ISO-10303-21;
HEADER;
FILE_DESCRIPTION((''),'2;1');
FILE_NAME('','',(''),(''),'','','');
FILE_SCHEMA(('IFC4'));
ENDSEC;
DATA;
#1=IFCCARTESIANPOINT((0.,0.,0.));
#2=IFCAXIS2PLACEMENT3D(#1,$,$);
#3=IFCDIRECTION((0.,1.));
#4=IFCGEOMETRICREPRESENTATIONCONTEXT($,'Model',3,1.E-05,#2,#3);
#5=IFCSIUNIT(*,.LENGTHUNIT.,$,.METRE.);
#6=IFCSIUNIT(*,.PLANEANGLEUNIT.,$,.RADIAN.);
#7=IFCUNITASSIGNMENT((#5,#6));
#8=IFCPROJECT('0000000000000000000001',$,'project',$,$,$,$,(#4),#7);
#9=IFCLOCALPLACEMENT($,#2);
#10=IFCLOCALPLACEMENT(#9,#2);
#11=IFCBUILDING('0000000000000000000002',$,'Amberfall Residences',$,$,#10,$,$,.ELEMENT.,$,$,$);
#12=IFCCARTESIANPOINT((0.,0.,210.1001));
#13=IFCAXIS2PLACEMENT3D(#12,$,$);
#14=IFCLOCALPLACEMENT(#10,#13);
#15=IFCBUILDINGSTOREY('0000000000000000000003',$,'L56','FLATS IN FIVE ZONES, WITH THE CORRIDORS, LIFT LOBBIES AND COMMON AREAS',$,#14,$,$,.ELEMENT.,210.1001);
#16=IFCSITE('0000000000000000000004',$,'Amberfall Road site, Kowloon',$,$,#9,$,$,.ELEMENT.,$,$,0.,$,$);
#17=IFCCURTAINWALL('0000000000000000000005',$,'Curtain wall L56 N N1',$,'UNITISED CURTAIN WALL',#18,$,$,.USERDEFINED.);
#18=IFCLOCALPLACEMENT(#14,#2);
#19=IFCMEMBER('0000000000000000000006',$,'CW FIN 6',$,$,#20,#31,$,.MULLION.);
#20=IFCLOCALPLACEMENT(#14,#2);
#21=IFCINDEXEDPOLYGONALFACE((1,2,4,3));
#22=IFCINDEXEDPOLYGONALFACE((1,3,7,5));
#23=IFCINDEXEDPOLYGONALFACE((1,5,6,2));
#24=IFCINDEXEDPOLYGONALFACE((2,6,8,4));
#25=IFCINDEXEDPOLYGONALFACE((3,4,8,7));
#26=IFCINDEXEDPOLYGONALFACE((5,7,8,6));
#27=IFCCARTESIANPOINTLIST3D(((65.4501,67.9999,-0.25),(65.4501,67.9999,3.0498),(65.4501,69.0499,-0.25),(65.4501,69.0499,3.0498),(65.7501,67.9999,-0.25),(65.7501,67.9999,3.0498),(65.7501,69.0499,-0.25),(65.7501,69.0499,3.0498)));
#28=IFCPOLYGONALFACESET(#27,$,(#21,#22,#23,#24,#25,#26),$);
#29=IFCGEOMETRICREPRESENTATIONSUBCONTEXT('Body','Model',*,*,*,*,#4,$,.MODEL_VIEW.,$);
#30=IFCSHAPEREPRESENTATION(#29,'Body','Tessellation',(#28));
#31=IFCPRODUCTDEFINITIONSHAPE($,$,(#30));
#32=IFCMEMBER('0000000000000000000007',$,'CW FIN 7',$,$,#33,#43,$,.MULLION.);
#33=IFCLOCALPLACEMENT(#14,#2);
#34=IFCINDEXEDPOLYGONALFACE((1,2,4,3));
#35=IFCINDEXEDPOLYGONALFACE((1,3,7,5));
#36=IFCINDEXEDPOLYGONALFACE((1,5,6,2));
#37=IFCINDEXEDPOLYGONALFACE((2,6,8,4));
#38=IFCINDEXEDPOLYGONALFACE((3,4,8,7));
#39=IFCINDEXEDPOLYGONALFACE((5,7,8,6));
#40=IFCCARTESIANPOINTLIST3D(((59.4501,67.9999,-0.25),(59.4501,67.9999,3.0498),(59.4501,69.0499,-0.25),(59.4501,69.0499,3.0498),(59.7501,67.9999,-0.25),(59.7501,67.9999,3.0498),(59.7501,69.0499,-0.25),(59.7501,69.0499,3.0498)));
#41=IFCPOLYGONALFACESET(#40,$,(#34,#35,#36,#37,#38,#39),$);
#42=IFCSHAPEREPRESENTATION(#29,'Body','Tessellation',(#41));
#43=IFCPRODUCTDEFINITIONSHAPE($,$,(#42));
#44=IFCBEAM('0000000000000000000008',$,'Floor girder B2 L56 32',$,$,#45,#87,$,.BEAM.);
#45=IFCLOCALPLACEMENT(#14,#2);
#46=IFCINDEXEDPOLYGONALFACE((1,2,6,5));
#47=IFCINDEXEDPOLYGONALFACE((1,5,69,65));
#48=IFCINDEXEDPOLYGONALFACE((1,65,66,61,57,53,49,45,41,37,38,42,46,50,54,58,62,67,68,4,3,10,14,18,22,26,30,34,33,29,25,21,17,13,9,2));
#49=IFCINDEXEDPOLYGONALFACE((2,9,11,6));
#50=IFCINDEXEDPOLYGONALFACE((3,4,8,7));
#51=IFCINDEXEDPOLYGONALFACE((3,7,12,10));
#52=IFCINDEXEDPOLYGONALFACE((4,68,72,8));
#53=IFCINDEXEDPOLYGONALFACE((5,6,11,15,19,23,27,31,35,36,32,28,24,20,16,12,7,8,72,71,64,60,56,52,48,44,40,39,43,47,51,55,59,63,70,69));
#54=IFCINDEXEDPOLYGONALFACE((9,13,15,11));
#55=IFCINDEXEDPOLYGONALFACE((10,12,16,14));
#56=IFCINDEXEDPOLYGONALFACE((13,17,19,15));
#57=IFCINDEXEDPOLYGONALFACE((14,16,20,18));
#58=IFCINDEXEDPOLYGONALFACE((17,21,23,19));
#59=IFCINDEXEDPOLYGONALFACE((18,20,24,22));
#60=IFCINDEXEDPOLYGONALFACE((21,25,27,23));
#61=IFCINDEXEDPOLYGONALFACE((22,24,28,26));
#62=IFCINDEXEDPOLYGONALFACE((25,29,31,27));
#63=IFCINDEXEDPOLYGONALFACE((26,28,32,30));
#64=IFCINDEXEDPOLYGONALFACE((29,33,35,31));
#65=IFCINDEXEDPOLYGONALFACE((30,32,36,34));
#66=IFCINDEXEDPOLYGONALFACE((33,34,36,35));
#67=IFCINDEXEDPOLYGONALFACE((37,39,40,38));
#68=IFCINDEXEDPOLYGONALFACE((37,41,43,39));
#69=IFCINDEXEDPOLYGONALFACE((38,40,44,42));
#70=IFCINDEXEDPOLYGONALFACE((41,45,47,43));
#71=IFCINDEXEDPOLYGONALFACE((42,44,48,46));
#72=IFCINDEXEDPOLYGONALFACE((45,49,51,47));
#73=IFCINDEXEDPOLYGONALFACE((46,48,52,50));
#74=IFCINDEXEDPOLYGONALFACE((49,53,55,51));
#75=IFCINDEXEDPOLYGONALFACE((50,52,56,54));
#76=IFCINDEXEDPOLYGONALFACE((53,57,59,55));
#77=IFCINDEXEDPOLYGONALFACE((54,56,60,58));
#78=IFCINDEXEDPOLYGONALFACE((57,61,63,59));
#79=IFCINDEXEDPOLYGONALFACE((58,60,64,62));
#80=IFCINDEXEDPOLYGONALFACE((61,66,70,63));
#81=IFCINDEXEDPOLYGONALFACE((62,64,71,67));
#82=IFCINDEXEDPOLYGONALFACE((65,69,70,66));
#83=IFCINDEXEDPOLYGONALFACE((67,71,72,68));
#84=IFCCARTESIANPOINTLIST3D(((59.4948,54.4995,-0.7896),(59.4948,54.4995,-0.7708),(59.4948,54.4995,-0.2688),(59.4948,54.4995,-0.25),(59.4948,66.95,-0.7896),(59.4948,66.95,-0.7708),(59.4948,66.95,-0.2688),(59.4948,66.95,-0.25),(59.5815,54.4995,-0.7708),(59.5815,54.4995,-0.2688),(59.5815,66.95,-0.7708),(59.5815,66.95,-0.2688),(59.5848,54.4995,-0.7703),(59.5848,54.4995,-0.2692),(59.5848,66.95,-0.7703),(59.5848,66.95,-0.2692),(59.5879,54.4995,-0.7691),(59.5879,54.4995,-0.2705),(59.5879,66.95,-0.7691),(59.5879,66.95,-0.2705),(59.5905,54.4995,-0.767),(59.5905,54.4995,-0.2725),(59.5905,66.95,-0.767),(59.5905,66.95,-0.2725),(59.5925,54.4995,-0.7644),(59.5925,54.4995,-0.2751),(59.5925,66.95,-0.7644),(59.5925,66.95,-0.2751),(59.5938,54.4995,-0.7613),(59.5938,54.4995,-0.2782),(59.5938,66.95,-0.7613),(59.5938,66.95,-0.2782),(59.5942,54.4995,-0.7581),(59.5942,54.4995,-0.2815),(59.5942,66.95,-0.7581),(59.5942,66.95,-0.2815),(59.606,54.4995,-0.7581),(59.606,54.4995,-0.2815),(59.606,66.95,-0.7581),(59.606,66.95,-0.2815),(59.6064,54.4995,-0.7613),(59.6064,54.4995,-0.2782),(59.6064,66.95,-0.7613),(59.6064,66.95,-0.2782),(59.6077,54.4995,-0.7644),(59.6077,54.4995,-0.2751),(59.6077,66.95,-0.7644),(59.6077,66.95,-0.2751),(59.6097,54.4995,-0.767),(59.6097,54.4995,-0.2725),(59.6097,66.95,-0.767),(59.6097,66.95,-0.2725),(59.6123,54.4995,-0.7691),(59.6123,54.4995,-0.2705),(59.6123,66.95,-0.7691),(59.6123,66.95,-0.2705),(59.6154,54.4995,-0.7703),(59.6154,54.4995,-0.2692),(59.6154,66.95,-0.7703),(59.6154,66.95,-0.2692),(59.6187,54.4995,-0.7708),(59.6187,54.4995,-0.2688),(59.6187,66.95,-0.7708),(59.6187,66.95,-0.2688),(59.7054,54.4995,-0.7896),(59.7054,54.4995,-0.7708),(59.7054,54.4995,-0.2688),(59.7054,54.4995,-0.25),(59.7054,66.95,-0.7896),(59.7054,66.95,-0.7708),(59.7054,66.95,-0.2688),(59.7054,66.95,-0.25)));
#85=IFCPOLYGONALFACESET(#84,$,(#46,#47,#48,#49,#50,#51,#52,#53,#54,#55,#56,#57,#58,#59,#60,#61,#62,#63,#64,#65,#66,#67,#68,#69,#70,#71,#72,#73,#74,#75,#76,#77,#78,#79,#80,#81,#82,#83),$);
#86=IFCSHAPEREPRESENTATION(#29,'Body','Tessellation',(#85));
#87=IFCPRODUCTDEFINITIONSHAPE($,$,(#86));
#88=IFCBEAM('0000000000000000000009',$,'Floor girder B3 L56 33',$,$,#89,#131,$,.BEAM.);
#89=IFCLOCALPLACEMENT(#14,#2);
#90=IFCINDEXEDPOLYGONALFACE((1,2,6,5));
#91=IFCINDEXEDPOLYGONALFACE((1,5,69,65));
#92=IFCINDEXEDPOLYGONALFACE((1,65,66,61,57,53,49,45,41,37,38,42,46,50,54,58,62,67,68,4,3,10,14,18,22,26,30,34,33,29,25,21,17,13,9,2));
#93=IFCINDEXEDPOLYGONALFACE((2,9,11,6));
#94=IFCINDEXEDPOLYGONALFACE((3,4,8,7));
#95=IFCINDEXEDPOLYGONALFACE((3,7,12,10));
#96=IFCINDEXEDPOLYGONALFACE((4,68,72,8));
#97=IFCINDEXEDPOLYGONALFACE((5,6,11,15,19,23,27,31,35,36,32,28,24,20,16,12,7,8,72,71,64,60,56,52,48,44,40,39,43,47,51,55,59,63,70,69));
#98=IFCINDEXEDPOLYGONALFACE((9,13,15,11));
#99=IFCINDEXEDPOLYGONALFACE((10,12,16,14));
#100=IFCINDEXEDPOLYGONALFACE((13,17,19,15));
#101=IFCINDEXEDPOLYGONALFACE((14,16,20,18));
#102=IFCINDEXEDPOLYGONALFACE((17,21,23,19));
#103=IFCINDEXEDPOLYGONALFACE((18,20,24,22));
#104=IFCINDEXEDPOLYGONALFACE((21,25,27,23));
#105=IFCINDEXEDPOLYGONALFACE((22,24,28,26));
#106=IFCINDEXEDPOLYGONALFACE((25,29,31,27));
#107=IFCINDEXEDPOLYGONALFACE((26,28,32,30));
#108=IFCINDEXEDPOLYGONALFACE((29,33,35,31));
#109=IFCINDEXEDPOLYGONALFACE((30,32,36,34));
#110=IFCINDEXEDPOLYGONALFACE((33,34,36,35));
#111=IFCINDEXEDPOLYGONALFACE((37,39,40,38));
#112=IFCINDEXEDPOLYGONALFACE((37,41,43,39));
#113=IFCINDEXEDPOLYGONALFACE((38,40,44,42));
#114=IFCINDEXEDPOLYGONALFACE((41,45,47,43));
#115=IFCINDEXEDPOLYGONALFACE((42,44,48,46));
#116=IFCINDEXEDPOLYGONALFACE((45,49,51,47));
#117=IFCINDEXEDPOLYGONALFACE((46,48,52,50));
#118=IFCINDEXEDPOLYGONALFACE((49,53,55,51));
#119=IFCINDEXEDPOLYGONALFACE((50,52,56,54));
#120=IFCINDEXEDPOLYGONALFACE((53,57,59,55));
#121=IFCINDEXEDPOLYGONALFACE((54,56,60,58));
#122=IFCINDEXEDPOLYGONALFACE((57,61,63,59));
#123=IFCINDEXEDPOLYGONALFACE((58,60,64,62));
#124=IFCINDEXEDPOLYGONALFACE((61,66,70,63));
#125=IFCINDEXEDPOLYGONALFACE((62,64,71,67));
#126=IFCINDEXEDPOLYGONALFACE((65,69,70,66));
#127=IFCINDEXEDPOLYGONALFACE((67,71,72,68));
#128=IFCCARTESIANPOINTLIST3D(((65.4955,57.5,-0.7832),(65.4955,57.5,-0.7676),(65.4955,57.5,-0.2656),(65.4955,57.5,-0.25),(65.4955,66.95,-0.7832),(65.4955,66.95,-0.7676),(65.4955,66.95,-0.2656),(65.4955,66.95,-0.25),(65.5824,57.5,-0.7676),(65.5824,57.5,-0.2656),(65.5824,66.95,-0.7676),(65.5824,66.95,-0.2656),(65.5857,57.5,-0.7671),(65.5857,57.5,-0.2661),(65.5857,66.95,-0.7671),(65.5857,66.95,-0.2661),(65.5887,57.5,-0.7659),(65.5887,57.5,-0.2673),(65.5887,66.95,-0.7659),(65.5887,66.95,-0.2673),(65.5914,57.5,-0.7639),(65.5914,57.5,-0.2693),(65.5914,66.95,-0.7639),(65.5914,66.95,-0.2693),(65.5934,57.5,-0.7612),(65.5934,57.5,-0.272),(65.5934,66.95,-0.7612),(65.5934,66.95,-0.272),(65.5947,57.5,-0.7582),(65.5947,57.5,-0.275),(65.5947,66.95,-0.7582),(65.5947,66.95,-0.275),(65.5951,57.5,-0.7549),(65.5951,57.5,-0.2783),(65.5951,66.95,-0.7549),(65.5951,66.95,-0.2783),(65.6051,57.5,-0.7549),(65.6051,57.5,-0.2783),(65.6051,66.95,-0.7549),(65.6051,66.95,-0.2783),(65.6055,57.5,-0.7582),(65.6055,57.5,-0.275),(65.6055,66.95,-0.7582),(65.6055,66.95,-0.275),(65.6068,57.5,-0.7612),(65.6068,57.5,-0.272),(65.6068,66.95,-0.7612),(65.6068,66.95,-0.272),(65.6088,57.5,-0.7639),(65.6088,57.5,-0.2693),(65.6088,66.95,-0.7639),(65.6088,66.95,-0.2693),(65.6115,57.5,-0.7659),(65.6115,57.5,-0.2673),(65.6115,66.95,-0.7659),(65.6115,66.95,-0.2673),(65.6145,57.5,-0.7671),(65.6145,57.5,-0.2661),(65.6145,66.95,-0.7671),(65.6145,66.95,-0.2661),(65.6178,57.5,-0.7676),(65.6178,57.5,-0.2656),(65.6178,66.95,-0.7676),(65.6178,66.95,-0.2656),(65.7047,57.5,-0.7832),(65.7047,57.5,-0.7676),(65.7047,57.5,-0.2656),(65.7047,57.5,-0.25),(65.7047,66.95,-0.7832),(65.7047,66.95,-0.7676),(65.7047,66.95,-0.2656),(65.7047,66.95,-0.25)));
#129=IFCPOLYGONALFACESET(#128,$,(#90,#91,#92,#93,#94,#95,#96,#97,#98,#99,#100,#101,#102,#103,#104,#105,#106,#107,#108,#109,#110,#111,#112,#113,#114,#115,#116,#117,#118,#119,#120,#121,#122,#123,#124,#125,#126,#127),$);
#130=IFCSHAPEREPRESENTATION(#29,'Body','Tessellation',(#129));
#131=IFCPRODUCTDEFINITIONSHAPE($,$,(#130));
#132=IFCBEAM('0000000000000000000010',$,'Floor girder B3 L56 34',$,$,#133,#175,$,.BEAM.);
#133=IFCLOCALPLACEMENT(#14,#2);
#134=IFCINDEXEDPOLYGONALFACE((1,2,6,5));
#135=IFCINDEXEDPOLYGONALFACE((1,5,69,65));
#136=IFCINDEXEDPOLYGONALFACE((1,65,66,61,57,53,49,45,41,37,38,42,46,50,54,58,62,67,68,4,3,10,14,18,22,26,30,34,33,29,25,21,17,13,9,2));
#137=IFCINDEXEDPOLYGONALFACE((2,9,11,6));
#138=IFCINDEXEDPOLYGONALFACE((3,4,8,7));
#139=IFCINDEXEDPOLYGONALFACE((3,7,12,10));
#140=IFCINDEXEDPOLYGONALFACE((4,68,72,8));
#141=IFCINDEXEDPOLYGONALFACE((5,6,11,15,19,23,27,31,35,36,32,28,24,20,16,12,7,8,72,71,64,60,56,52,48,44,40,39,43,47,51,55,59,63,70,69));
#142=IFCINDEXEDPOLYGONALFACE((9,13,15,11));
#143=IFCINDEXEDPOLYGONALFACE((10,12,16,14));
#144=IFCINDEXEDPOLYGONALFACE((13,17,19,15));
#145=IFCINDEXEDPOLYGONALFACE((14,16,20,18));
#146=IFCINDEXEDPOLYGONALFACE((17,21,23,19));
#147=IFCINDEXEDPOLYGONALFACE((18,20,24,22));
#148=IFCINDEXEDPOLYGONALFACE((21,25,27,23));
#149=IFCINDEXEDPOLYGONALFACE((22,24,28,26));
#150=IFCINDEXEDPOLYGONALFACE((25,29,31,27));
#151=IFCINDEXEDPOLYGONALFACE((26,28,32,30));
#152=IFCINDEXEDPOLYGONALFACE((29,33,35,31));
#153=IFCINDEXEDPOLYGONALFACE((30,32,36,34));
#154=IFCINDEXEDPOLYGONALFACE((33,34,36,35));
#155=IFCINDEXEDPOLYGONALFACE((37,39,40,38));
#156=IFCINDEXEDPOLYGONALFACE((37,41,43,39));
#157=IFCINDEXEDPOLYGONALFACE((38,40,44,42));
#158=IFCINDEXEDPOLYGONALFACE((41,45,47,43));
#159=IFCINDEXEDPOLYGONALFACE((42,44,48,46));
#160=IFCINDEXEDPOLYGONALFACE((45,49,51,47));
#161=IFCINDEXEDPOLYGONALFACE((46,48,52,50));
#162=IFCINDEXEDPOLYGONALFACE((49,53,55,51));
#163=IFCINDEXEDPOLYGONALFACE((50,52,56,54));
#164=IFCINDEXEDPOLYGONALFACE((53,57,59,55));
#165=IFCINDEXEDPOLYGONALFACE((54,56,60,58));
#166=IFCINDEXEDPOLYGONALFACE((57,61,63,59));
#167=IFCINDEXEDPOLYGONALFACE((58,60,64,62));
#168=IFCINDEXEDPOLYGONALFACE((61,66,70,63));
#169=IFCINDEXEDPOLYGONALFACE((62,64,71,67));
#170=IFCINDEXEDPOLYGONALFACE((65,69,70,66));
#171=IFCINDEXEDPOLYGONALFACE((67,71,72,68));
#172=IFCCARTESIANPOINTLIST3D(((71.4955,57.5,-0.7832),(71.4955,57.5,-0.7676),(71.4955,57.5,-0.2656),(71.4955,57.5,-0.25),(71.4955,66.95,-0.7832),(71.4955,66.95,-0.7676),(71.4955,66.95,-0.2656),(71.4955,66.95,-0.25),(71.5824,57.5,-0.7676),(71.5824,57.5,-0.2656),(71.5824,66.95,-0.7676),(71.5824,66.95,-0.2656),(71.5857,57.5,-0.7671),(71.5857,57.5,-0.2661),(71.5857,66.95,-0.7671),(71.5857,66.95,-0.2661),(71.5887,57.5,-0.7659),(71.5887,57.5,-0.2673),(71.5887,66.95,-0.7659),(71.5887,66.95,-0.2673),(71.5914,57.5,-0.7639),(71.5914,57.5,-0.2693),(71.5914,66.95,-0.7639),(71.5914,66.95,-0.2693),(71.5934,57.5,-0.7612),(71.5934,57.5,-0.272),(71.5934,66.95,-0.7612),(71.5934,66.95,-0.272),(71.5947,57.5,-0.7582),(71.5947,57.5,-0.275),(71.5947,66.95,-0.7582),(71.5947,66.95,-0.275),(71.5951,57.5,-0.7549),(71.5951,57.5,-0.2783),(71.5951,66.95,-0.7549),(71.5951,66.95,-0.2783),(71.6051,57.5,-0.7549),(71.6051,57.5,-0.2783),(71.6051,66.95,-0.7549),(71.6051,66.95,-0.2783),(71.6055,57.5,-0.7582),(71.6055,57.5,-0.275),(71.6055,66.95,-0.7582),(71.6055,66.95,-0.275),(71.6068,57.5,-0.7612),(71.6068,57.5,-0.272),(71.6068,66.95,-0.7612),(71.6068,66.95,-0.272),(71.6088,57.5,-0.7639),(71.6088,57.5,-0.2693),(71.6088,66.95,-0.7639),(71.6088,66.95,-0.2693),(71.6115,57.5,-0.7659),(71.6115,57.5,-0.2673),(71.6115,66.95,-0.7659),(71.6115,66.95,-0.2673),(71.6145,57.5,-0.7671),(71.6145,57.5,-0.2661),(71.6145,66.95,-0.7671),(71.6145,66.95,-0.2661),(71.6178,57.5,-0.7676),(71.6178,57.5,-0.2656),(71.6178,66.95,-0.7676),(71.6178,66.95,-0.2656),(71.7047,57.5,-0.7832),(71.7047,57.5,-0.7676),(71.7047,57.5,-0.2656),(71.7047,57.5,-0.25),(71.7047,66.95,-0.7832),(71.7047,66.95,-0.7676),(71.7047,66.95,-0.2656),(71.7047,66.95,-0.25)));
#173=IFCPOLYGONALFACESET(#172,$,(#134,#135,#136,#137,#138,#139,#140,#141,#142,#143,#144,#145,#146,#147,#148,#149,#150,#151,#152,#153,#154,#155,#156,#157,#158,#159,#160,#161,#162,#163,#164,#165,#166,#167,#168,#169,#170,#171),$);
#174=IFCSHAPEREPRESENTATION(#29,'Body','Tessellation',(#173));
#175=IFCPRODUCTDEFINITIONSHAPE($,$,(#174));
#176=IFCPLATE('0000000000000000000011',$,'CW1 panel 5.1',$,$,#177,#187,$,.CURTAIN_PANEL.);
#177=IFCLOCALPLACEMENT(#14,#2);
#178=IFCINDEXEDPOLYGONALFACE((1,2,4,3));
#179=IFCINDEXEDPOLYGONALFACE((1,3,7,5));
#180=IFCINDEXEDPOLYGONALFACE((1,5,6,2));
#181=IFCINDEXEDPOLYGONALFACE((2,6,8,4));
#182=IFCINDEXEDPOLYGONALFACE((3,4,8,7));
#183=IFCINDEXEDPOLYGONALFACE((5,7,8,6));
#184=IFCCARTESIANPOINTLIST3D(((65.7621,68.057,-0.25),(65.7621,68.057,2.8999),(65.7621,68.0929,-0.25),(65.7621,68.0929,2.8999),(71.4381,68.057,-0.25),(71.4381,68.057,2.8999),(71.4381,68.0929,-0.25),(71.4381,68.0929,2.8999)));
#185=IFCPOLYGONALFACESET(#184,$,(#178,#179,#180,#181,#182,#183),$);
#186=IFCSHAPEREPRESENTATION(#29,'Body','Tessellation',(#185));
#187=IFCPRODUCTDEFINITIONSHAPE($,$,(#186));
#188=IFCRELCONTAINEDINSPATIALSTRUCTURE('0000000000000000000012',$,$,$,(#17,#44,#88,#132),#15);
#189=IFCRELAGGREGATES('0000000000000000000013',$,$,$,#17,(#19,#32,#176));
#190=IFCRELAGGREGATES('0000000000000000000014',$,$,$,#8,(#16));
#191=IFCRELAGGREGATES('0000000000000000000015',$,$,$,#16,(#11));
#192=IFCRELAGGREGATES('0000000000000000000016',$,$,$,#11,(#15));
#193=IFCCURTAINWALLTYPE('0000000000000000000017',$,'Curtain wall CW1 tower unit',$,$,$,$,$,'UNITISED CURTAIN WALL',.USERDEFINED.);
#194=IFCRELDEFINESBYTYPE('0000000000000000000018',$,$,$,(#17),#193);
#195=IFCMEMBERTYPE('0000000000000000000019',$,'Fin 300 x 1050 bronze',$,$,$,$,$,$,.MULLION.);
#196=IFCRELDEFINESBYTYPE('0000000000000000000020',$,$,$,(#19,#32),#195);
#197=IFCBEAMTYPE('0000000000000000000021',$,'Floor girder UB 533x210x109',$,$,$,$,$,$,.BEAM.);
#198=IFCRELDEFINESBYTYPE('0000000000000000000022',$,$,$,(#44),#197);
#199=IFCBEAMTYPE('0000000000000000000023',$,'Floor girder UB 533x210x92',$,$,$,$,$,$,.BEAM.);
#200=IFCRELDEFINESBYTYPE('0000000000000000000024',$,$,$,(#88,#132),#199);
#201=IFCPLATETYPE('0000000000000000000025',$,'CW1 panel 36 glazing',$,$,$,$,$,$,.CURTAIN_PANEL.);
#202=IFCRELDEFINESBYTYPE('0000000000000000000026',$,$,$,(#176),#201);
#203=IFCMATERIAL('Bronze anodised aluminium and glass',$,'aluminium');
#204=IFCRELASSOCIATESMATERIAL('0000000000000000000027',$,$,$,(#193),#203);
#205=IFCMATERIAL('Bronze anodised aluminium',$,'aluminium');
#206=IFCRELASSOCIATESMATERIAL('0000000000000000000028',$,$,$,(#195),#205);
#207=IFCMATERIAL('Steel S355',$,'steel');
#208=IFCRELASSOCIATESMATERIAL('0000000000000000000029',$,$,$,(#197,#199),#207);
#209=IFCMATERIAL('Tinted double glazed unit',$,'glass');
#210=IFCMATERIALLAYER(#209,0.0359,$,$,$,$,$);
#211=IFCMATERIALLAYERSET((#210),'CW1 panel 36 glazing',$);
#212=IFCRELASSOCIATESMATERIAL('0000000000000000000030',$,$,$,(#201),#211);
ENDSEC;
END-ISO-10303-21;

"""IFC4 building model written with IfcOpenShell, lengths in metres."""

from ifc_helpers import new_model, si_unit, direction, frame, origin, origin_2d, place, context, subcontext, project, spatial, rectangle, i_section, extrude, material, layer, layer_set, material_profile, profile_set, type_object, element, aggregate, save


model = new_model("IFC4")

# Units and contexts
model_context = context("Model", 3, precision=1e-05, world=origin(), true_north=direction((0.0, 1.0)))
body_context = subcontext(model_context, "Body", "Model", "MODEL_VIEW")
ifc_project = project(units=[si_unit("LENGTHUNIT", "METRE"), si_unit("PLANEANGLEUNIT", "RADIAN")], contexts=[model_context])

# Site, building, storey
site_placement = place(None, origin())
site = spatial("IfcSite", under=ifc_project, at=site_placement, Name="Amberfall Road site, Kowloon", CompositionType="ELEMENT", RefElevation=0.0)
building_placement = place(site_placement, origin())
building = spatial("IfcBuilding", under=site, at=building_placement, Name="Amberfall Residences", CompositionType="ELEMENT")
storey_placement = place(building_placement, frame((0.0, 0.0, 210.1001)))
storey = spatial("IfcBuildingStorey", under=building, at=storey_placement, Name="L56", Description="FLATS IN FIVE ZONES, WITH THE CORRIDORS, LIFT LOBBIES AND COMMON AREAS", CompositionType="ELEMENT", Elevation=210.1001)

# Curtain wall
ifc_material_1 = material(Name="Bronze anodised aluminium and glass", Category="aluminium")
curtain_wall_type = type_object("IfcCurtainWallType", Name="Curtain wall CW1 tower unit", ElementType="UNITISED CURTAIN WALL", PredefinedType="USERDEFINED", material=ifc_material_1)
curtain_wall_placement = place(storey_placement, origin())
curtain_wall = element("IfcCurtainWall", 1, at=curtain_wall_placement, inside=storey, type_object=curtain_wall_type, Name="Curtain wall L56 N N1", ObjectType="UNITISED CURTAIN WALL", PredefinedType="USERDEFINED")
ifc_material_2 = material(Name="Bronze anodised aluminium", Category="aluminium")

# Shared definitions
ifc_material_3 = material(Name="Steel S355", Category="steel")

# Members
ifc_material_profile_1 = material_profile(ifc_material_2, rectangle(XDim=1.05, YDim=0.3, at=origin_2d()), Name="Fin 300 x 1050 bronze")
ifc_profile_set_1 = profile_set([ifc_material_profile_1], Name="Bronze anodised aluminium")
member_type_1 = type_object("IfcMemberType", Name="Fin 300 x 1050 bronze", PredefinedType="MULLION", material=ifc_profile_set_1)
member_1_placement = place(storey_placement, frame((65.6001, 68.5249, -0.25), z_axis=(0.0, 0.0, 1.0), x_axis=(0.0, -1.0, 0.0)))
member_1 = element("IfcMember", 2, at=member_1_placement, type_object=member_type_1, Name="CW FIN 6", PredefinedType="MULLION", context=body_context, shape_type="SweptSolid", body=[
    extrude(rectangle(XDim=1.05, YDim=0.3, at=origin_2d()), origin(), (0.0, 0.0, 1.0), 3.2998),
])
member_2_placement = place(storey_placement, frame((59.6001, 68.5249, -0.25), z_axis=(0.0, 0.0, 1.0), x_axis=(0.0, -1.0, 0.0)))
member_2 = element("IfcMember", 3, at=member_2_placement, type_object=member_type_1, Name="CW FIN 7", PredefinedType="MULLION", context=body_context, shape_type="SweptSolid", body=[
    extrude(rectangle(XDim=1.05, YDim=0.3, at=origin_2d()), origin(), (0.0, 0.0, 1.0), 3.2998),
])

# Beams
ifc_material_profile_2 = material_profile(ifc_material_3, i_section(OverallWidth=0.2107, OverallDepth=0.5396, WebThickness=0.0117, FlangeThickness=0.0188, FilletRadius=0.0127, at=origin_2d()), Name="UB 533x210x109")
ifc_profile_set_2 = profile_set([ifc_material_profile_2], Name="Steel S355")
beam_type_1 = type_object("IfcBeamType", Name="Floor girder UB 533x210x109", PredefinedType="BEAM", material=ifc_profile_set_2)
beam_placement = place(storey_placement, frame((59.6001, 66.95, -0.5198), z_axis=(0.0, -1.0, 0.0), x_axis=(1.0, 0.0, 0.0)))
element("IfcBeam", 4, at=beam_placement, inside=storey, type_object=beam_type_1, Name="Floor girder B2 L56 32", PredefinedType="BEAM", context=body_context, shape_type="SweptSolid", body=[
    extrude(i_section(OverallWidth=0.2107, OverallDepth=0.5396, WebThickness=0.0117, FlangeThickness=0.0188, FilletRadius=0.0127, at=origin_2d()), origin(), (0.0, 0.0, 1.0), 12.4504),
])
ifc_material_profile_3 = material_profile(ifc_material_3, i_section(OverallWidth=0.2092, OverallDepth=0.5332, WebThickness=0.01, FlangeThickness=0.0156, FilletRadius=0.0127, at=origin_2d()), Name="UB 533x210x92")
ifc_profile_set_3 = profile_set([ifc_material_profile_3], Name="Steel S355")
beam_type_2 = type_object("IfcBeamType", Name="Floor girder UB 533x210x92", PredefinedType="BEAM", material=ifc_profile_set_3)
for number, where, z_axis, x_axis, name in (
    (5, (65.6001, 66.95, -0.5166), (0.0, -1.0, 0.0), (1.0, 0.0, 0.0), "Floor girder B3 L56 33"),
    (6, (71.6001, 66.95, -0.5166), (0.0, -1.0, 0.0), (1.0, 0.0, 0.0), "Floor girder B3 L56 34"),
):
    element("IfcBeam", number, at=place(storey_placement, frame(where, z_axis=z_axis, x_axis=x_axis)), inside=storey, type_object=beam_type_2, Name=name, PredefinedType="BEAM", context=body_context, shape_type="SweptSolid", body=[
        extrude(i_section(OverallWidth=0.2092, OverallDepth=0.5332, WebThickness=0.01, FlangeThickness=0.0156, FilletRadius=0.0127, at=origin_2d()), origin(), (0.0, 0.0, 1.0), 9.45),
    ])

# Plate
ifc_material_4 = material(Name="Tinted double glazed unit", Category="glass")
ifc_layer_1 = layer(ifc_material_4, 0.0359)
ifc_layer_set_1 = layer_set([ifc_layer_1], Name="CW1 panel 36 glazing")
plate_type = type_object("IfcPlateType", Name="CW1 panel 36 glazing", PredefinedType="CURTAIN_PANEL", material=ifc_layer_set_1)
plate_1_placement = place(storey_placement, frame((68.6001, 68.075, -0.25), z_axis=(0.0, 0.0, 1.0), x_axis=(-1.0, 0.0, 0.0)))
plate_1 = element("IfcPlate", 7, at=plate_1_placement, type_object=plate_type, Name="CW1 panel 5.1", PredefinedType="CURTAIN_PANEL", context=body_context, shape_type="SweptSolid", body=[
    extrude(rectangle(XDim=5.676, YDim=0.0359, at=origin_2d()), origin(), (0.0, 0.0, 1.0), 3.1499),
])
aggregate(curtain_wall, [member_1, member_2, plate_1])

save(model, "model.ifc")
